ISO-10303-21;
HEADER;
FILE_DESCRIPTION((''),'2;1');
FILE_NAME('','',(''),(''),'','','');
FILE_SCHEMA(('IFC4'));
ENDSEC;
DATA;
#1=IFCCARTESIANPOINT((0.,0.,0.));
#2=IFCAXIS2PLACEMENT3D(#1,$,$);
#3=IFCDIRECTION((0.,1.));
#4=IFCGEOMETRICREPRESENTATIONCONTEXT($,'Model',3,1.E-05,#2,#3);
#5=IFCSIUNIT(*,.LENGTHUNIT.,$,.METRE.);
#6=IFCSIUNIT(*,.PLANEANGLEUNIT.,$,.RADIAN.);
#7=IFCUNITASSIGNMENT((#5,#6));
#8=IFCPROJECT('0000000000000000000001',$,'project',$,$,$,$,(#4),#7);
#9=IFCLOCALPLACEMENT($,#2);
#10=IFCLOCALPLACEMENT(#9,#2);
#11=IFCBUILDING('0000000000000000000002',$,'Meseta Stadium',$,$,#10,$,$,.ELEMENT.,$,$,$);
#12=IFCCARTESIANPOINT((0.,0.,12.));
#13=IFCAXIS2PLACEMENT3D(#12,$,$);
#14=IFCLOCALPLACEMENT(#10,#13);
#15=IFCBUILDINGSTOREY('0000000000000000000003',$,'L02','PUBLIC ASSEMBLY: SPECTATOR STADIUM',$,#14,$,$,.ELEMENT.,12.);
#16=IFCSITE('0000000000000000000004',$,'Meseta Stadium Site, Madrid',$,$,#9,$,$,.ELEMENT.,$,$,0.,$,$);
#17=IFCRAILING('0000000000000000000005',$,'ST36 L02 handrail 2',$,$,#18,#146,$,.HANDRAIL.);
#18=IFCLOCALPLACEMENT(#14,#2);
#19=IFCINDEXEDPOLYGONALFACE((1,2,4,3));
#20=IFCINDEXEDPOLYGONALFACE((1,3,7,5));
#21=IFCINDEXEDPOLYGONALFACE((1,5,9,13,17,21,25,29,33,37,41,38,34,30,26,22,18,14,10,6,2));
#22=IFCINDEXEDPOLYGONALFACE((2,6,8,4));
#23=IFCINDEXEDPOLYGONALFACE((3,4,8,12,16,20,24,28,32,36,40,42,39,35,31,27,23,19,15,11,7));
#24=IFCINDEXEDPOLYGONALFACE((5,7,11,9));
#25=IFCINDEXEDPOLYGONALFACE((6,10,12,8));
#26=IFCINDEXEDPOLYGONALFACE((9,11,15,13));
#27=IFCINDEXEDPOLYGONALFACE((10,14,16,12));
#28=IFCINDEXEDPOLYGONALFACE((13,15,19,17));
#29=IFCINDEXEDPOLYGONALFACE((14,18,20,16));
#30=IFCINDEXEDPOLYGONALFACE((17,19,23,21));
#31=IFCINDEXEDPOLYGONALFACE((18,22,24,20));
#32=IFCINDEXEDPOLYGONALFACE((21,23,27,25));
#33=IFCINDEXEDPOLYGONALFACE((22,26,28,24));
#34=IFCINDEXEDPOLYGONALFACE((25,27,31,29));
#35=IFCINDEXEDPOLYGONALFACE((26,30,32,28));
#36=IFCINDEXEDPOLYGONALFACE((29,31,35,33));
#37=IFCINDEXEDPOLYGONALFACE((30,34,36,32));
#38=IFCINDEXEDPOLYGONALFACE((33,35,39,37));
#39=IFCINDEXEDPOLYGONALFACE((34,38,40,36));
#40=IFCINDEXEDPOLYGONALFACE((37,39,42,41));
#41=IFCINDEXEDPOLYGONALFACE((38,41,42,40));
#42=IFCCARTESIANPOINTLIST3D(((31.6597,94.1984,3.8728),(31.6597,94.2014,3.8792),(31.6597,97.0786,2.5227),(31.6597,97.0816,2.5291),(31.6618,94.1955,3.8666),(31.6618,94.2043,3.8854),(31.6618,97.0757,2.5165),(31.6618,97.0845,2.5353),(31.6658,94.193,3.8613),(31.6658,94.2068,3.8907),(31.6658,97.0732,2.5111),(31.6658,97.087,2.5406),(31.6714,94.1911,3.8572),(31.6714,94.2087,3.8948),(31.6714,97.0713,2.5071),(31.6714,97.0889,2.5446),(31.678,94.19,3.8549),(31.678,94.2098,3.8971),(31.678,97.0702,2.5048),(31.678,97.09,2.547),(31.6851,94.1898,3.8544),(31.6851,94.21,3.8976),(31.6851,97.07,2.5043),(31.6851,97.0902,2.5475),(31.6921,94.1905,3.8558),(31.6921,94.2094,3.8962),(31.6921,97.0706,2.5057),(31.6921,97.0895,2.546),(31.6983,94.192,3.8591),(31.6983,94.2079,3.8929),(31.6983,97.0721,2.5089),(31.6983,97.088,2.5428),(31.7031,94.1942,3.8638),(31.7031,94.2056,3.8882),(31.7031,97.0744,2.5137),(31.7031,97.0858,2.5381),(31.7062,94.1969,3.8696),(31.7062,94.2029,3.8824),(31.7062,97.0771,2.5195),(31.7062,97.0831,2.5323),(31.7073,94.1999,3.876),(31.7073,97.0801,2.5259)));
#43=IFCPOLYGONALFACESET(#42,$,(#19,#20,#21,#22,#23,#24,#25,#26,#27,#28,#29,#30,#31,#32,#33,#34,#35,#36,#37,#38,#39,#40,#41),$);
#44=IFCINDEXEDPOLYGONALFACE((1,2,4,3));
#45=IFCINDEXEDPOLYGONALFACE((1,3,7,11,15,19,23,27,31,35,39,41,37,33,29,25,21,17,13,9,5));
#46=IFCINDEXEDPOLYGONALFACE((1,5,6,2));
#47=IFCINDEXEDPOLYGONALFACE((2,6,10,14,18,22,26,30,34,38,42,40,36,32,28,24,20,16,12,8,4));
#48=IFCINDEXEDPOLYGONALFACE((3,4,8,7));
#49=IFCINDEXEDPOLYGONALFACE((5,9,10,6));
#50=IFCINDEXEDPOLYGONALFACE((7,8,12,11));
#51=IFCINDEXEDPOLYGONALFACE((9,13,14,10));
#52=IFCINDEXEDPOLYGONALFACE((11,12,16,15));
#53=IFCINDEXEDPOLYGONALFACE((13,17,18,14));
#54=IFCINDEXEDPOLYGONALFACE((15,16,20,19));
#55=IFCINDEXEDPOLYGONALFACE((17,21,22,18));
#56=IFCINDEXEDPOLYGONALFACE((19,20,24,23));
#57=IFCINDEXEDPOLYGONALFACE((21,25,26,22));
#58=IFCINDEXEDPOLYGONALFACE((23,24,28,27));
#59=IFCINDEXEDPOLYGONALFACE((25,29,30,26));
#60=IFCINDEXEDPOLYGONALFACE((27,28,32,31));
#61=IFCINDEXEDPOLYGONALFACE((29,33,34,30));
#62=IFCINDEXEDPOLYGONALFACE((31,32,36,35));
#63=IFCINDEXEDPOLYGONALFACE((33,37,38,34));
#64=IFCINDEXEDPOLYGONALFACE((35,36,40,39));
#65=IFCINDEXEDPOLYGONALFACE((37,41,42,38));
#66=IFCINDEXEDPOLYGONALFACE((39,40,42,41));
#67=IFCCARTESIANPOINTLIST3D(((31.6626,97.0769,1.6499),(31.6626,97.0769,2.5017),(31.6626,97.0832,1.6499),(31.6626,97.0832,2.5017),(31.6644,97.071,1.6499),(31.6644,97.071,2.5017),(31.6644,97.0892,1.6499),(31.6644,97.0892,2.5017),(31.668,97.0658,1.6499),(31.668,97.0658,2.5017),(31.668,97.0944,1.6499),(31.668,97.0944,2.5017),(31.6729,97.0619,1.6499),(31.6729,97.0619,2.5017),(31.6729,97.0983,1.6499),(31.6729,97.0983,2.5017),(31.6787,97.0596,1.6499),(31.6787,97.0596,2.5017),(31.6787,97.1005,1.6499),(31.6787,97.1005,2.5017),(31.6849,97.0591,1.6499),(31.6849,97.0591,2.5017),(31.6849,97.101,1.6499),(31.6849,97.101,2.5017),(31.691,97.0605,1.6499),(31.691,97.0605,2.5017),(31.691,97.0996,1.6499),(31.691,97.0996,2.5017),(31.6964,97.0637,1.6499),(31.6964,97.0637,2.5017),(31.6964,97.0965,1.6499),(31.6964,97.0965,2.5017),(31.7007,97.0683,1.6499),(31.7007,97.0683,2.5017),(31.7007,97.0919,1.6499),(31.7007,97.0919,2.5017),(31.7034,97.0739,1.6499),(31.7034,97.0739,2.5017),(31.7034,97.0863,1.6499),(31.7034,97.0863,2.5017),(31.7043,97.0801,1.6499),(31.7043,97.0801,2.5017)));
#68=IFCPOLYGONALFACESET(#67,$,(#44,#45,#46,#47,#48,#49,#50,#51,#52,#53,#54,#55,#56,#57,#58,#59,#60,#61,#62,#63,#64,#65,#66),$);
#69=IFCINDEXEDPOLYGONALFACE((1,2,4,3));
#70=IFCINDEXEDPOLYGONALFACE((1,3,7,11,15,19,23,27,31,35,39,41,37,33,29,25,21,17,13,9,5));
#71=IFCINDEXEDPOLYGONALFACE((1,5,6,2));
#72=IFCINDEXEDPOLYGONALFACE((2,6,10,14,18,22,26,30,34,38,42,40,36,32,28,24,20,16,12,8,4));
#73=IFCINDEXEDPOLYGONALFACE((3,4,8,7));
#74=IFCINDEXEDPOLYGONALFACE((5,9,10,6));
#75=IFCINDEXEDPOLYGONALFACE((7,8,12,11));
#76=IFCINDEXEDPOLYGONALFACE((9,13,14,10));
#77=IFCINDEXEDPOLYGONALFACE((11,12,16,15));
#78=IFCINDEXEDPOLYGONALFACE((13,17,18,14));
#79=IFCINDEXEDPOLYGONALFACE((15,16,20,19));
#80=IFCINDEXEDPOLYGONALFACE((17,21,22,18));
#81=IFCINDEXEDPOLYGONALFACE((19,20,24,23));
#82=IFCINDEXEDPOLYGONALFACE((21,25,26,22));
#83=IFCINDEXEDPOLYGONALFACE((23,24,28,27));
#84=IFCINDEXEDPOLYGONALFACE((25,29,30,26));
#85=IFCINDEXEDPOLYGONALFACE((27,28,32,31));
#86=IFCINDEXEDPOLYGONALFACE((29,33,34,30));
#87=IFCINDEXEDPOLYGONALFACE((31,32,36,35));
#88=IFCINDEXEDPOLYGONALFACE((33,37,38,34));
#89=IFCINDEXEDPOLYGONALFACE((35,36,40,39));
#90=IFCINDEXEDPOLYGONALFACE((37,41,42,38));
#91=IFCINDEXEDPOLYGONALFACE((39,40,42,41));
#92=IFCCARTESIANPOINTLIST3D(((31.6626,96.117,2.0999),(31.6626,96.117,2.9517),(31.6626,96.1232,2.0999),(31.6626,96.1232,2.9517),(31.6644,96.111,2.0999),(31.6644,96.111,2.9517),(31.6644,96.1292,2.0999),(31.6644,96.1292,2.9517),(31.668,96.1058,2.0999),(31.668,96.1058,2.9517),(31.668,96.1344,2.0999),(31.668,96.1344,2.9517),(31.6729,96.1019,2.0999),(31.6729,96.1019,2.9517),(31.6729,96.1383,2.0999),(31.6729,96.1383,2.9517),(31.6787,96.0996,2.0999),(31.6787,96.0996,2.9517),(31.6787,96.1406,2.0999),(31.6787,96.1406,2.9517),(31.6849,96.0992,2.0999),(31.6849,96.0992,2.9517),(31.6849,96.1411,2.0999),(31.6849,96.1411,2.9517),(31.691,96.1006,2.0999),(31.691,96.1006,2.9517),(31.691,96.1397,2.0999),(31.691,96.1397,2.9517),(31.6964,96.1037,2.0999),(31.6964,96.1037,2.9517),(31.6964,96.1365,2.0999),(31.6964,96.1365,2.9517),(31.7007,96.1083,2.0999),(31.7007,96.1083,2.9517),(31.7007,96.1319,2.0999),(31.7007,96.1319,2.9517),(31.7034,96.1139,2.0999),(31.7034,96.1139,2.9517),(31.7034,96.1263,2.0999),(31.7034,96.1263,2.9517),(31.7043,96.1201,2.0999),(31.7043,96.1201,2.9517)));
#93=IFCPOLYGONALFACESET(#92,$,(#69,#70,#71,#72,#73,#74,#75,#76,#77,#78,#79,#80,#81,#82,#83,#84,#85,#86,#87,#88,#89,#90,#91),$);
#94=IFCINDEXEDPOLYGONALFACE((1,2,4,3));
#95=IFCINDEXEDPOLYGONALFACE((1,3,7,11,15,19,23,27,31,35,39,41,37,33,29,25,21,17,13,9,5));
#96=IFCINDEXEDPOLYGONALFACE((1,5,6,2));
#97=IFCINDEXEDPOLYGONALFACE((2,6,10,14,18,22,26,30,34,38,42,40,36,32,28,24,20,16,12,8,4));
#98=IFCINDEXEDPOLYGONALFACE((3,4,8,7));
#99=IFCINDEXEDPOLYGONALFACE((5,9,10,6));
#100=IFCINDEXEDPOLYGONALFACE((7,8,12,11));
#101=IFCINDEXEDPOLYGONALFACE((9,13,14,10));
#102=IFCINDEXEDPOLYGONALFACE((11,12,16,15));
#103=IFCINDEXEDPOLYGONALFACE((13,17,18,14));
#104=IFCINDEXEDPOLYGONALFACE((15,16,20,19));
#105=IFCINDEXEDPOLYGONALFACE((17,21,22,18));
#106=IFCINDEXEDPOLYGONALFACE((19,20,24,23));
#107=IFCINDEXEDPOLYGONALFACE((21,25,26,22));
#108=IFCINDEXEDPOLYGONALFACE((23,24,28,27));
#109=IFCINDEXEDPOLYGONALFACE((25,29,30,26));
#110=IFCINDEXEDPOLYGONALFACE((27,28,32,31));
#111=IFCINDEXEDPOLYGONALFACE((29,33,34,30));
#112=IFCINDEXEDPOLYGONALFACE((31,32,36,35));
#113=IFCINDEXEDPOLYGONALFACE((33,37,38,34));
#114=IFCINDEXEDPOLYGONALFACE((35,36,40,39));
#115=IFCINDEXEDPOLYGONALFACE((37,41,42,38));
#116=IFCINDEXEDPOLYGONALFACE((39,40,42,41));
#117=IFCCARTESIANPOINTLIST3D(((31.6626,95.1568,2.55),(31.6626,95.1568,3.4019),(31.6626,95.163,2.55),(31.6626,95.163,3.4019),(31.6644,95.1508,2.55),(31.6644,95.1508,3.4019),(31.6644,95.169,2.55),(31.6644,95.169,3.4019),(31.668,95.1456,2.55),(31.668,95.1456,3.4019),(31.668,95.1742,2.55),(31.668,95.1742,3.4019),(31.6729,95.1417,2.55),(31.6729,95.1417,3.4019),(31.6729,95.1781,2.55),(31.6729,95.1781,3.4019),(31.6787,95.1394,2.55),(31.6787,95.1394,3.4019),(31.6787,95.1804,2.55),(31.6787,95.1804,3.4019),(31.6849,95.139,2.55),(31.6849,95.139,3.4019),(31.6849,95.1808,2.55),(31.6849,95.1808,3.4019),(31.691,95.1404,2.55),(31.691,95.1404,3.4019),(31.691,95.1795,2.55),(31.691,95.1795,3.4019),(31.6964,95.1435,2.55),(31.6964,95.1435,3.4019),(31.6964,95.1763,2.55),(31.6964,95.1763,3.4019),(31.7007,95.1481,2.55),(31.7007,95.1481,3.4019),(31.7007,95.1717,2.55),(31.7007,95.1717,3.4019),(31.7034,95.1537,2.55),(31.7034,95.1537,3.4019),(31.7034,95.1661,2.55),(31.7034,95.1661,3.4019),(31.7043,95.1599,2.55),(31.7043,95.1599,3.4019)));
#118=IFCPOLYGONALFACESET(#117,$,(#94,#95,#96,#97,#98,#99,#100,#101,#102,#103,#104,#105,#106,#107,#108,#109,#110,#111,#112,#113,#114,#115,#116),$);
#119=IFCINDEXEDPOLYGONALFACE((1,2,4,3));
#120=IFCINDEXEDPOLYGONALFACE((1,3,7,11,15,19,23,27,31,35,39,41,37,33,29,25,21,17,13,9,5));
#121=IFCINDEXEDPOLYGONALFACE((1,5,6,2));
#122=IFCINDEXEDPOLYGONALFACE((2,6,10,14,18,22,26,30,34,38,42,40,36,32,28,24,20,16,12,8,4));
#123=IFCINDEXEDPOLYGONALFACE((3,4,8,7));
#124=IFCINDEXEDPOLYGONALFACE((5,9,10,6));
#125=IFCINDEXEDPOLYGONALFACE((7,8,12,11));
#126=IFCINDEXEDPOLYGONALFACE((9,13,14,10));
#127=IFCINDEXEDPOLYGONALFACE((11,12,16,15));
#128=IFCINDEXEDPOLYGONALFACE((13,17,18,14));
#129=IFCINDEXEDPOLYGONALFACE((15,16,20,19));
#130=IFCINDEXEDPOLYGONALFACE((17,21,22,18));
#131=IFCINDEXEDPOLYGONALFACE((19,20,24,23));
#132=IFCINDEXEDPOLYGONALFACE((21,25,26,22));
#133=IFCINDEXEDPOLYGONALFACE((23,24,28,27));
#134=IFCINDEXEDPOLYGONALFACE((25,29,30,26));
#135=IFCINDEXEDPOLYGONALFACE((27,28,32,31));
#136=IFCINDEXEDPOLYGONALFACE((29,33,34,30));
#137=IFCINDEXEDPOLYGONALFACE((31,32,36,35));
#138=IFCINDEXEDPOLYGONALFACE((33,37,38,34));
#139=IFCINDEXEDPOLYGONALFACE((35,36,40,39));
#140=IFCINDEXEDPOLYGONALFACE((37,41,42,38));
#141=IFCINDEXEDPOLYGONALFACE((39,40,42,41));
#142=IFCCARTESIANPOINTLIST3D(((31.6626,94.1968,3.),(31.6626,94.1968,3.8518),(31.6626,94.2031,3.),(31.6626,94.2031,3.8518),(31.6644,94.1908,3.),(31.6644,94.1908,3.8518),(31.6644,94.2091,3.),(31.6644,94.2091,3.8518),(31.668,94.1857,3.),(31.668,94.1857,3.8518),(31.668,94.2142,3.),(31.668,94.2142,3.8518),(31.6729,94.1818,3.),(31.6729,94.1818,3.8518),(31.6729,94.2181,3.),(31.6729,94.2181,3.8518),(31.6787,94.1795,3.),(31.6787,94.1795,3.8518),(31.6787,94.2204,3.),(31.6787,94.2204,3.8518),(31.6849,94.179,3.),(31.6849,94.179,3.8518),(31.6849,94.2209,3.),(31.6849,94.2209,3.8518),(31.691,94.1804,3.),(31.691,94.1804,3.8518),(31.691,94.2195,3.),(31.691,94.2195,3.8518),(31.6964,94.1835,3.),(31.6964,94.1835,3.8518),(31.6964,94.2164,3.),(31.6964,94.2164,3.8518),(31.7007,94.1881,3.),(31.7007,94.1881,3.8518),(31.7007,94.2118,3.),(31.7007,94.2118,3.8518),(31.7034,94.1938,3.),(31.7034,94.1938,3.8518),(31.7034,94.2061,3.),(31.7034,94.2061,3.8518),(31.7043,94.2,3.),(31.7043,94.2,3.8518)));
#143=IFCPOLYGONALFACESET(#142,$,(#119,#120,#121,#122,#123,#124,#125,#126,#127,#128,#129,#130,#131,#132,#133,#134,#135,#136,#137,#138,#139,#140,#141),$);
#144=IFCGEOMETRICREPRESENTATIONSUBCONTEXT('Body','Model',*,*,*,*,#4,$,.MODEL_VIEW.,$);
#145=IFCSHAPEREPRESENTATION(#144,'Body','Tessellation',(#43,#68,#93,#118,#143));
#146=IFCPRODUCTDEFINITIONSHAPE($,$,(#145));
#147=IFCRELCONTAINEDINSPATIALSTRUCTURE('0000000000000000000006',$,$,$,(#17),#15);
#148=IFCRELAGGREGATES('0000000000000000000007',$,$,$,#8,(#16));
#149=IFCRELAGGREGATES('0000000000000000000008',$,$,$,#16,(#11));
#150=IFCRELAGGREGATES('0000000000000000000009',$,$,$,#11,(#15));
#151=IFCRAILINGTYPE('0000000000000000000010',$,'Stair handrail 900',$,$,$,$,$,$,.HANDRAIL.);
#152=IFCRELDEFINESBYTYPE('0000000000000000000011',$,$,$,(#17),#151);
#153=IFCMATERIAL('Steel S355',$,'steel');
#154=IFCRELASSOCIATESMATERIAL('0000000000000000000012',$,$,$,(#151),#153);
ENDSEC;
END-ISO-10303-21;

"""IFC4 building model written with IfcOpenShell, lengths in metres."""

from ifc_helpers import new_model, si_unit, direction, frame, origin, origin_2d, place, context, subcontext, project, spatial, circle, extrude, material, type_object, element, save


model = new_model("IFC4")

# Units and contexts
model_context = context("Model", 3, precision=1e-05, world=origin(), true_north=direction((0.0, 1.0)))
body_context = subcontext(model_context, "Body", "Model", "MODEL_VIEW")
ifc_project = project(units=[si_unit("LENGTHUNIT", "METRE"), si_unit("PLANEANGLEUNIT", "RADIAN")], contexts=[model_context])

# Site, building, storey
site_placement = place(None, origin())
site = spatial("IfcSite", under=ifc_project, at=site_placement, Name="Meseta Stadium Site, Madrid", CompositionType="ELEMENT", RefElevation=0.0)
building_placement = place(site_placement, origin())
building = spatial("IfcBuilding", under=site, at=building_placement, Name="Meseta Stadium", CompositionType="ELEMENT")
storey_placement = place(building_placement, frame((0.0, 0.0, 12.0)))
storey = spatial("IfcBuildingStorey", under=building, at=storey_placement, Name="L02", Description="PUBLIC ASSEMBLY: SPECTATOR STADIUM", CompositionType="ELEMENT", Elevation=12.0)

# Railing
ifc_material_1 = material(Name="Steel S355", Category="steel")
railing_type_1 = type_object("IfcRailingType", Name="Stair handrail 900", PredefinedType="HANDRAIL", material=ifc_material_1)
for number, where, name in (
    (1, (31.6833, 97.0801, 1.6499), "ST36 L02 handrail 2"),
):
    element("IfcRailing", number, at=place(storey_placement, frame(where)), inside=storey, type_object=railing_type_1, Name=name, PredefinedType="HANDRAIL", context=body_context, shape_type="SweptSolid", body=[
        extrude(circle(Radius=0.0239, at=origin_2d()), frame((0.0, 0.0, 0.876), z_axis=(0.0, -0.905454, 0.424444), x_axis=(1.0, 0.0, 0.0)), (0.0, 0.0, 1.0), 3.1809),
        extrude(circle(Radius=0.021, at=origin_2d()), origin(), (0.0, 0.0, 1.0), 0.8518),
        extrude(circle(Radius=0.021, at=origin_2d()), frame((0.0, -0.96, 0.45)), (0.0, 0.0, 1.0), 0.8518),
        extrude(circle(Radius=0.021, at=origin_2d()), frame((0.0, -1.9202, 0.9001)), (0.0, 0.0, 1.0), 0.8518),
        extrude(circle(Radius=0.021, at=origin_2d()), frame((0.0, -2.8801, 1.3501)), (0.0, 0.0, 1.0), 0.8518),
    ])

save(model, "model.ifc")
